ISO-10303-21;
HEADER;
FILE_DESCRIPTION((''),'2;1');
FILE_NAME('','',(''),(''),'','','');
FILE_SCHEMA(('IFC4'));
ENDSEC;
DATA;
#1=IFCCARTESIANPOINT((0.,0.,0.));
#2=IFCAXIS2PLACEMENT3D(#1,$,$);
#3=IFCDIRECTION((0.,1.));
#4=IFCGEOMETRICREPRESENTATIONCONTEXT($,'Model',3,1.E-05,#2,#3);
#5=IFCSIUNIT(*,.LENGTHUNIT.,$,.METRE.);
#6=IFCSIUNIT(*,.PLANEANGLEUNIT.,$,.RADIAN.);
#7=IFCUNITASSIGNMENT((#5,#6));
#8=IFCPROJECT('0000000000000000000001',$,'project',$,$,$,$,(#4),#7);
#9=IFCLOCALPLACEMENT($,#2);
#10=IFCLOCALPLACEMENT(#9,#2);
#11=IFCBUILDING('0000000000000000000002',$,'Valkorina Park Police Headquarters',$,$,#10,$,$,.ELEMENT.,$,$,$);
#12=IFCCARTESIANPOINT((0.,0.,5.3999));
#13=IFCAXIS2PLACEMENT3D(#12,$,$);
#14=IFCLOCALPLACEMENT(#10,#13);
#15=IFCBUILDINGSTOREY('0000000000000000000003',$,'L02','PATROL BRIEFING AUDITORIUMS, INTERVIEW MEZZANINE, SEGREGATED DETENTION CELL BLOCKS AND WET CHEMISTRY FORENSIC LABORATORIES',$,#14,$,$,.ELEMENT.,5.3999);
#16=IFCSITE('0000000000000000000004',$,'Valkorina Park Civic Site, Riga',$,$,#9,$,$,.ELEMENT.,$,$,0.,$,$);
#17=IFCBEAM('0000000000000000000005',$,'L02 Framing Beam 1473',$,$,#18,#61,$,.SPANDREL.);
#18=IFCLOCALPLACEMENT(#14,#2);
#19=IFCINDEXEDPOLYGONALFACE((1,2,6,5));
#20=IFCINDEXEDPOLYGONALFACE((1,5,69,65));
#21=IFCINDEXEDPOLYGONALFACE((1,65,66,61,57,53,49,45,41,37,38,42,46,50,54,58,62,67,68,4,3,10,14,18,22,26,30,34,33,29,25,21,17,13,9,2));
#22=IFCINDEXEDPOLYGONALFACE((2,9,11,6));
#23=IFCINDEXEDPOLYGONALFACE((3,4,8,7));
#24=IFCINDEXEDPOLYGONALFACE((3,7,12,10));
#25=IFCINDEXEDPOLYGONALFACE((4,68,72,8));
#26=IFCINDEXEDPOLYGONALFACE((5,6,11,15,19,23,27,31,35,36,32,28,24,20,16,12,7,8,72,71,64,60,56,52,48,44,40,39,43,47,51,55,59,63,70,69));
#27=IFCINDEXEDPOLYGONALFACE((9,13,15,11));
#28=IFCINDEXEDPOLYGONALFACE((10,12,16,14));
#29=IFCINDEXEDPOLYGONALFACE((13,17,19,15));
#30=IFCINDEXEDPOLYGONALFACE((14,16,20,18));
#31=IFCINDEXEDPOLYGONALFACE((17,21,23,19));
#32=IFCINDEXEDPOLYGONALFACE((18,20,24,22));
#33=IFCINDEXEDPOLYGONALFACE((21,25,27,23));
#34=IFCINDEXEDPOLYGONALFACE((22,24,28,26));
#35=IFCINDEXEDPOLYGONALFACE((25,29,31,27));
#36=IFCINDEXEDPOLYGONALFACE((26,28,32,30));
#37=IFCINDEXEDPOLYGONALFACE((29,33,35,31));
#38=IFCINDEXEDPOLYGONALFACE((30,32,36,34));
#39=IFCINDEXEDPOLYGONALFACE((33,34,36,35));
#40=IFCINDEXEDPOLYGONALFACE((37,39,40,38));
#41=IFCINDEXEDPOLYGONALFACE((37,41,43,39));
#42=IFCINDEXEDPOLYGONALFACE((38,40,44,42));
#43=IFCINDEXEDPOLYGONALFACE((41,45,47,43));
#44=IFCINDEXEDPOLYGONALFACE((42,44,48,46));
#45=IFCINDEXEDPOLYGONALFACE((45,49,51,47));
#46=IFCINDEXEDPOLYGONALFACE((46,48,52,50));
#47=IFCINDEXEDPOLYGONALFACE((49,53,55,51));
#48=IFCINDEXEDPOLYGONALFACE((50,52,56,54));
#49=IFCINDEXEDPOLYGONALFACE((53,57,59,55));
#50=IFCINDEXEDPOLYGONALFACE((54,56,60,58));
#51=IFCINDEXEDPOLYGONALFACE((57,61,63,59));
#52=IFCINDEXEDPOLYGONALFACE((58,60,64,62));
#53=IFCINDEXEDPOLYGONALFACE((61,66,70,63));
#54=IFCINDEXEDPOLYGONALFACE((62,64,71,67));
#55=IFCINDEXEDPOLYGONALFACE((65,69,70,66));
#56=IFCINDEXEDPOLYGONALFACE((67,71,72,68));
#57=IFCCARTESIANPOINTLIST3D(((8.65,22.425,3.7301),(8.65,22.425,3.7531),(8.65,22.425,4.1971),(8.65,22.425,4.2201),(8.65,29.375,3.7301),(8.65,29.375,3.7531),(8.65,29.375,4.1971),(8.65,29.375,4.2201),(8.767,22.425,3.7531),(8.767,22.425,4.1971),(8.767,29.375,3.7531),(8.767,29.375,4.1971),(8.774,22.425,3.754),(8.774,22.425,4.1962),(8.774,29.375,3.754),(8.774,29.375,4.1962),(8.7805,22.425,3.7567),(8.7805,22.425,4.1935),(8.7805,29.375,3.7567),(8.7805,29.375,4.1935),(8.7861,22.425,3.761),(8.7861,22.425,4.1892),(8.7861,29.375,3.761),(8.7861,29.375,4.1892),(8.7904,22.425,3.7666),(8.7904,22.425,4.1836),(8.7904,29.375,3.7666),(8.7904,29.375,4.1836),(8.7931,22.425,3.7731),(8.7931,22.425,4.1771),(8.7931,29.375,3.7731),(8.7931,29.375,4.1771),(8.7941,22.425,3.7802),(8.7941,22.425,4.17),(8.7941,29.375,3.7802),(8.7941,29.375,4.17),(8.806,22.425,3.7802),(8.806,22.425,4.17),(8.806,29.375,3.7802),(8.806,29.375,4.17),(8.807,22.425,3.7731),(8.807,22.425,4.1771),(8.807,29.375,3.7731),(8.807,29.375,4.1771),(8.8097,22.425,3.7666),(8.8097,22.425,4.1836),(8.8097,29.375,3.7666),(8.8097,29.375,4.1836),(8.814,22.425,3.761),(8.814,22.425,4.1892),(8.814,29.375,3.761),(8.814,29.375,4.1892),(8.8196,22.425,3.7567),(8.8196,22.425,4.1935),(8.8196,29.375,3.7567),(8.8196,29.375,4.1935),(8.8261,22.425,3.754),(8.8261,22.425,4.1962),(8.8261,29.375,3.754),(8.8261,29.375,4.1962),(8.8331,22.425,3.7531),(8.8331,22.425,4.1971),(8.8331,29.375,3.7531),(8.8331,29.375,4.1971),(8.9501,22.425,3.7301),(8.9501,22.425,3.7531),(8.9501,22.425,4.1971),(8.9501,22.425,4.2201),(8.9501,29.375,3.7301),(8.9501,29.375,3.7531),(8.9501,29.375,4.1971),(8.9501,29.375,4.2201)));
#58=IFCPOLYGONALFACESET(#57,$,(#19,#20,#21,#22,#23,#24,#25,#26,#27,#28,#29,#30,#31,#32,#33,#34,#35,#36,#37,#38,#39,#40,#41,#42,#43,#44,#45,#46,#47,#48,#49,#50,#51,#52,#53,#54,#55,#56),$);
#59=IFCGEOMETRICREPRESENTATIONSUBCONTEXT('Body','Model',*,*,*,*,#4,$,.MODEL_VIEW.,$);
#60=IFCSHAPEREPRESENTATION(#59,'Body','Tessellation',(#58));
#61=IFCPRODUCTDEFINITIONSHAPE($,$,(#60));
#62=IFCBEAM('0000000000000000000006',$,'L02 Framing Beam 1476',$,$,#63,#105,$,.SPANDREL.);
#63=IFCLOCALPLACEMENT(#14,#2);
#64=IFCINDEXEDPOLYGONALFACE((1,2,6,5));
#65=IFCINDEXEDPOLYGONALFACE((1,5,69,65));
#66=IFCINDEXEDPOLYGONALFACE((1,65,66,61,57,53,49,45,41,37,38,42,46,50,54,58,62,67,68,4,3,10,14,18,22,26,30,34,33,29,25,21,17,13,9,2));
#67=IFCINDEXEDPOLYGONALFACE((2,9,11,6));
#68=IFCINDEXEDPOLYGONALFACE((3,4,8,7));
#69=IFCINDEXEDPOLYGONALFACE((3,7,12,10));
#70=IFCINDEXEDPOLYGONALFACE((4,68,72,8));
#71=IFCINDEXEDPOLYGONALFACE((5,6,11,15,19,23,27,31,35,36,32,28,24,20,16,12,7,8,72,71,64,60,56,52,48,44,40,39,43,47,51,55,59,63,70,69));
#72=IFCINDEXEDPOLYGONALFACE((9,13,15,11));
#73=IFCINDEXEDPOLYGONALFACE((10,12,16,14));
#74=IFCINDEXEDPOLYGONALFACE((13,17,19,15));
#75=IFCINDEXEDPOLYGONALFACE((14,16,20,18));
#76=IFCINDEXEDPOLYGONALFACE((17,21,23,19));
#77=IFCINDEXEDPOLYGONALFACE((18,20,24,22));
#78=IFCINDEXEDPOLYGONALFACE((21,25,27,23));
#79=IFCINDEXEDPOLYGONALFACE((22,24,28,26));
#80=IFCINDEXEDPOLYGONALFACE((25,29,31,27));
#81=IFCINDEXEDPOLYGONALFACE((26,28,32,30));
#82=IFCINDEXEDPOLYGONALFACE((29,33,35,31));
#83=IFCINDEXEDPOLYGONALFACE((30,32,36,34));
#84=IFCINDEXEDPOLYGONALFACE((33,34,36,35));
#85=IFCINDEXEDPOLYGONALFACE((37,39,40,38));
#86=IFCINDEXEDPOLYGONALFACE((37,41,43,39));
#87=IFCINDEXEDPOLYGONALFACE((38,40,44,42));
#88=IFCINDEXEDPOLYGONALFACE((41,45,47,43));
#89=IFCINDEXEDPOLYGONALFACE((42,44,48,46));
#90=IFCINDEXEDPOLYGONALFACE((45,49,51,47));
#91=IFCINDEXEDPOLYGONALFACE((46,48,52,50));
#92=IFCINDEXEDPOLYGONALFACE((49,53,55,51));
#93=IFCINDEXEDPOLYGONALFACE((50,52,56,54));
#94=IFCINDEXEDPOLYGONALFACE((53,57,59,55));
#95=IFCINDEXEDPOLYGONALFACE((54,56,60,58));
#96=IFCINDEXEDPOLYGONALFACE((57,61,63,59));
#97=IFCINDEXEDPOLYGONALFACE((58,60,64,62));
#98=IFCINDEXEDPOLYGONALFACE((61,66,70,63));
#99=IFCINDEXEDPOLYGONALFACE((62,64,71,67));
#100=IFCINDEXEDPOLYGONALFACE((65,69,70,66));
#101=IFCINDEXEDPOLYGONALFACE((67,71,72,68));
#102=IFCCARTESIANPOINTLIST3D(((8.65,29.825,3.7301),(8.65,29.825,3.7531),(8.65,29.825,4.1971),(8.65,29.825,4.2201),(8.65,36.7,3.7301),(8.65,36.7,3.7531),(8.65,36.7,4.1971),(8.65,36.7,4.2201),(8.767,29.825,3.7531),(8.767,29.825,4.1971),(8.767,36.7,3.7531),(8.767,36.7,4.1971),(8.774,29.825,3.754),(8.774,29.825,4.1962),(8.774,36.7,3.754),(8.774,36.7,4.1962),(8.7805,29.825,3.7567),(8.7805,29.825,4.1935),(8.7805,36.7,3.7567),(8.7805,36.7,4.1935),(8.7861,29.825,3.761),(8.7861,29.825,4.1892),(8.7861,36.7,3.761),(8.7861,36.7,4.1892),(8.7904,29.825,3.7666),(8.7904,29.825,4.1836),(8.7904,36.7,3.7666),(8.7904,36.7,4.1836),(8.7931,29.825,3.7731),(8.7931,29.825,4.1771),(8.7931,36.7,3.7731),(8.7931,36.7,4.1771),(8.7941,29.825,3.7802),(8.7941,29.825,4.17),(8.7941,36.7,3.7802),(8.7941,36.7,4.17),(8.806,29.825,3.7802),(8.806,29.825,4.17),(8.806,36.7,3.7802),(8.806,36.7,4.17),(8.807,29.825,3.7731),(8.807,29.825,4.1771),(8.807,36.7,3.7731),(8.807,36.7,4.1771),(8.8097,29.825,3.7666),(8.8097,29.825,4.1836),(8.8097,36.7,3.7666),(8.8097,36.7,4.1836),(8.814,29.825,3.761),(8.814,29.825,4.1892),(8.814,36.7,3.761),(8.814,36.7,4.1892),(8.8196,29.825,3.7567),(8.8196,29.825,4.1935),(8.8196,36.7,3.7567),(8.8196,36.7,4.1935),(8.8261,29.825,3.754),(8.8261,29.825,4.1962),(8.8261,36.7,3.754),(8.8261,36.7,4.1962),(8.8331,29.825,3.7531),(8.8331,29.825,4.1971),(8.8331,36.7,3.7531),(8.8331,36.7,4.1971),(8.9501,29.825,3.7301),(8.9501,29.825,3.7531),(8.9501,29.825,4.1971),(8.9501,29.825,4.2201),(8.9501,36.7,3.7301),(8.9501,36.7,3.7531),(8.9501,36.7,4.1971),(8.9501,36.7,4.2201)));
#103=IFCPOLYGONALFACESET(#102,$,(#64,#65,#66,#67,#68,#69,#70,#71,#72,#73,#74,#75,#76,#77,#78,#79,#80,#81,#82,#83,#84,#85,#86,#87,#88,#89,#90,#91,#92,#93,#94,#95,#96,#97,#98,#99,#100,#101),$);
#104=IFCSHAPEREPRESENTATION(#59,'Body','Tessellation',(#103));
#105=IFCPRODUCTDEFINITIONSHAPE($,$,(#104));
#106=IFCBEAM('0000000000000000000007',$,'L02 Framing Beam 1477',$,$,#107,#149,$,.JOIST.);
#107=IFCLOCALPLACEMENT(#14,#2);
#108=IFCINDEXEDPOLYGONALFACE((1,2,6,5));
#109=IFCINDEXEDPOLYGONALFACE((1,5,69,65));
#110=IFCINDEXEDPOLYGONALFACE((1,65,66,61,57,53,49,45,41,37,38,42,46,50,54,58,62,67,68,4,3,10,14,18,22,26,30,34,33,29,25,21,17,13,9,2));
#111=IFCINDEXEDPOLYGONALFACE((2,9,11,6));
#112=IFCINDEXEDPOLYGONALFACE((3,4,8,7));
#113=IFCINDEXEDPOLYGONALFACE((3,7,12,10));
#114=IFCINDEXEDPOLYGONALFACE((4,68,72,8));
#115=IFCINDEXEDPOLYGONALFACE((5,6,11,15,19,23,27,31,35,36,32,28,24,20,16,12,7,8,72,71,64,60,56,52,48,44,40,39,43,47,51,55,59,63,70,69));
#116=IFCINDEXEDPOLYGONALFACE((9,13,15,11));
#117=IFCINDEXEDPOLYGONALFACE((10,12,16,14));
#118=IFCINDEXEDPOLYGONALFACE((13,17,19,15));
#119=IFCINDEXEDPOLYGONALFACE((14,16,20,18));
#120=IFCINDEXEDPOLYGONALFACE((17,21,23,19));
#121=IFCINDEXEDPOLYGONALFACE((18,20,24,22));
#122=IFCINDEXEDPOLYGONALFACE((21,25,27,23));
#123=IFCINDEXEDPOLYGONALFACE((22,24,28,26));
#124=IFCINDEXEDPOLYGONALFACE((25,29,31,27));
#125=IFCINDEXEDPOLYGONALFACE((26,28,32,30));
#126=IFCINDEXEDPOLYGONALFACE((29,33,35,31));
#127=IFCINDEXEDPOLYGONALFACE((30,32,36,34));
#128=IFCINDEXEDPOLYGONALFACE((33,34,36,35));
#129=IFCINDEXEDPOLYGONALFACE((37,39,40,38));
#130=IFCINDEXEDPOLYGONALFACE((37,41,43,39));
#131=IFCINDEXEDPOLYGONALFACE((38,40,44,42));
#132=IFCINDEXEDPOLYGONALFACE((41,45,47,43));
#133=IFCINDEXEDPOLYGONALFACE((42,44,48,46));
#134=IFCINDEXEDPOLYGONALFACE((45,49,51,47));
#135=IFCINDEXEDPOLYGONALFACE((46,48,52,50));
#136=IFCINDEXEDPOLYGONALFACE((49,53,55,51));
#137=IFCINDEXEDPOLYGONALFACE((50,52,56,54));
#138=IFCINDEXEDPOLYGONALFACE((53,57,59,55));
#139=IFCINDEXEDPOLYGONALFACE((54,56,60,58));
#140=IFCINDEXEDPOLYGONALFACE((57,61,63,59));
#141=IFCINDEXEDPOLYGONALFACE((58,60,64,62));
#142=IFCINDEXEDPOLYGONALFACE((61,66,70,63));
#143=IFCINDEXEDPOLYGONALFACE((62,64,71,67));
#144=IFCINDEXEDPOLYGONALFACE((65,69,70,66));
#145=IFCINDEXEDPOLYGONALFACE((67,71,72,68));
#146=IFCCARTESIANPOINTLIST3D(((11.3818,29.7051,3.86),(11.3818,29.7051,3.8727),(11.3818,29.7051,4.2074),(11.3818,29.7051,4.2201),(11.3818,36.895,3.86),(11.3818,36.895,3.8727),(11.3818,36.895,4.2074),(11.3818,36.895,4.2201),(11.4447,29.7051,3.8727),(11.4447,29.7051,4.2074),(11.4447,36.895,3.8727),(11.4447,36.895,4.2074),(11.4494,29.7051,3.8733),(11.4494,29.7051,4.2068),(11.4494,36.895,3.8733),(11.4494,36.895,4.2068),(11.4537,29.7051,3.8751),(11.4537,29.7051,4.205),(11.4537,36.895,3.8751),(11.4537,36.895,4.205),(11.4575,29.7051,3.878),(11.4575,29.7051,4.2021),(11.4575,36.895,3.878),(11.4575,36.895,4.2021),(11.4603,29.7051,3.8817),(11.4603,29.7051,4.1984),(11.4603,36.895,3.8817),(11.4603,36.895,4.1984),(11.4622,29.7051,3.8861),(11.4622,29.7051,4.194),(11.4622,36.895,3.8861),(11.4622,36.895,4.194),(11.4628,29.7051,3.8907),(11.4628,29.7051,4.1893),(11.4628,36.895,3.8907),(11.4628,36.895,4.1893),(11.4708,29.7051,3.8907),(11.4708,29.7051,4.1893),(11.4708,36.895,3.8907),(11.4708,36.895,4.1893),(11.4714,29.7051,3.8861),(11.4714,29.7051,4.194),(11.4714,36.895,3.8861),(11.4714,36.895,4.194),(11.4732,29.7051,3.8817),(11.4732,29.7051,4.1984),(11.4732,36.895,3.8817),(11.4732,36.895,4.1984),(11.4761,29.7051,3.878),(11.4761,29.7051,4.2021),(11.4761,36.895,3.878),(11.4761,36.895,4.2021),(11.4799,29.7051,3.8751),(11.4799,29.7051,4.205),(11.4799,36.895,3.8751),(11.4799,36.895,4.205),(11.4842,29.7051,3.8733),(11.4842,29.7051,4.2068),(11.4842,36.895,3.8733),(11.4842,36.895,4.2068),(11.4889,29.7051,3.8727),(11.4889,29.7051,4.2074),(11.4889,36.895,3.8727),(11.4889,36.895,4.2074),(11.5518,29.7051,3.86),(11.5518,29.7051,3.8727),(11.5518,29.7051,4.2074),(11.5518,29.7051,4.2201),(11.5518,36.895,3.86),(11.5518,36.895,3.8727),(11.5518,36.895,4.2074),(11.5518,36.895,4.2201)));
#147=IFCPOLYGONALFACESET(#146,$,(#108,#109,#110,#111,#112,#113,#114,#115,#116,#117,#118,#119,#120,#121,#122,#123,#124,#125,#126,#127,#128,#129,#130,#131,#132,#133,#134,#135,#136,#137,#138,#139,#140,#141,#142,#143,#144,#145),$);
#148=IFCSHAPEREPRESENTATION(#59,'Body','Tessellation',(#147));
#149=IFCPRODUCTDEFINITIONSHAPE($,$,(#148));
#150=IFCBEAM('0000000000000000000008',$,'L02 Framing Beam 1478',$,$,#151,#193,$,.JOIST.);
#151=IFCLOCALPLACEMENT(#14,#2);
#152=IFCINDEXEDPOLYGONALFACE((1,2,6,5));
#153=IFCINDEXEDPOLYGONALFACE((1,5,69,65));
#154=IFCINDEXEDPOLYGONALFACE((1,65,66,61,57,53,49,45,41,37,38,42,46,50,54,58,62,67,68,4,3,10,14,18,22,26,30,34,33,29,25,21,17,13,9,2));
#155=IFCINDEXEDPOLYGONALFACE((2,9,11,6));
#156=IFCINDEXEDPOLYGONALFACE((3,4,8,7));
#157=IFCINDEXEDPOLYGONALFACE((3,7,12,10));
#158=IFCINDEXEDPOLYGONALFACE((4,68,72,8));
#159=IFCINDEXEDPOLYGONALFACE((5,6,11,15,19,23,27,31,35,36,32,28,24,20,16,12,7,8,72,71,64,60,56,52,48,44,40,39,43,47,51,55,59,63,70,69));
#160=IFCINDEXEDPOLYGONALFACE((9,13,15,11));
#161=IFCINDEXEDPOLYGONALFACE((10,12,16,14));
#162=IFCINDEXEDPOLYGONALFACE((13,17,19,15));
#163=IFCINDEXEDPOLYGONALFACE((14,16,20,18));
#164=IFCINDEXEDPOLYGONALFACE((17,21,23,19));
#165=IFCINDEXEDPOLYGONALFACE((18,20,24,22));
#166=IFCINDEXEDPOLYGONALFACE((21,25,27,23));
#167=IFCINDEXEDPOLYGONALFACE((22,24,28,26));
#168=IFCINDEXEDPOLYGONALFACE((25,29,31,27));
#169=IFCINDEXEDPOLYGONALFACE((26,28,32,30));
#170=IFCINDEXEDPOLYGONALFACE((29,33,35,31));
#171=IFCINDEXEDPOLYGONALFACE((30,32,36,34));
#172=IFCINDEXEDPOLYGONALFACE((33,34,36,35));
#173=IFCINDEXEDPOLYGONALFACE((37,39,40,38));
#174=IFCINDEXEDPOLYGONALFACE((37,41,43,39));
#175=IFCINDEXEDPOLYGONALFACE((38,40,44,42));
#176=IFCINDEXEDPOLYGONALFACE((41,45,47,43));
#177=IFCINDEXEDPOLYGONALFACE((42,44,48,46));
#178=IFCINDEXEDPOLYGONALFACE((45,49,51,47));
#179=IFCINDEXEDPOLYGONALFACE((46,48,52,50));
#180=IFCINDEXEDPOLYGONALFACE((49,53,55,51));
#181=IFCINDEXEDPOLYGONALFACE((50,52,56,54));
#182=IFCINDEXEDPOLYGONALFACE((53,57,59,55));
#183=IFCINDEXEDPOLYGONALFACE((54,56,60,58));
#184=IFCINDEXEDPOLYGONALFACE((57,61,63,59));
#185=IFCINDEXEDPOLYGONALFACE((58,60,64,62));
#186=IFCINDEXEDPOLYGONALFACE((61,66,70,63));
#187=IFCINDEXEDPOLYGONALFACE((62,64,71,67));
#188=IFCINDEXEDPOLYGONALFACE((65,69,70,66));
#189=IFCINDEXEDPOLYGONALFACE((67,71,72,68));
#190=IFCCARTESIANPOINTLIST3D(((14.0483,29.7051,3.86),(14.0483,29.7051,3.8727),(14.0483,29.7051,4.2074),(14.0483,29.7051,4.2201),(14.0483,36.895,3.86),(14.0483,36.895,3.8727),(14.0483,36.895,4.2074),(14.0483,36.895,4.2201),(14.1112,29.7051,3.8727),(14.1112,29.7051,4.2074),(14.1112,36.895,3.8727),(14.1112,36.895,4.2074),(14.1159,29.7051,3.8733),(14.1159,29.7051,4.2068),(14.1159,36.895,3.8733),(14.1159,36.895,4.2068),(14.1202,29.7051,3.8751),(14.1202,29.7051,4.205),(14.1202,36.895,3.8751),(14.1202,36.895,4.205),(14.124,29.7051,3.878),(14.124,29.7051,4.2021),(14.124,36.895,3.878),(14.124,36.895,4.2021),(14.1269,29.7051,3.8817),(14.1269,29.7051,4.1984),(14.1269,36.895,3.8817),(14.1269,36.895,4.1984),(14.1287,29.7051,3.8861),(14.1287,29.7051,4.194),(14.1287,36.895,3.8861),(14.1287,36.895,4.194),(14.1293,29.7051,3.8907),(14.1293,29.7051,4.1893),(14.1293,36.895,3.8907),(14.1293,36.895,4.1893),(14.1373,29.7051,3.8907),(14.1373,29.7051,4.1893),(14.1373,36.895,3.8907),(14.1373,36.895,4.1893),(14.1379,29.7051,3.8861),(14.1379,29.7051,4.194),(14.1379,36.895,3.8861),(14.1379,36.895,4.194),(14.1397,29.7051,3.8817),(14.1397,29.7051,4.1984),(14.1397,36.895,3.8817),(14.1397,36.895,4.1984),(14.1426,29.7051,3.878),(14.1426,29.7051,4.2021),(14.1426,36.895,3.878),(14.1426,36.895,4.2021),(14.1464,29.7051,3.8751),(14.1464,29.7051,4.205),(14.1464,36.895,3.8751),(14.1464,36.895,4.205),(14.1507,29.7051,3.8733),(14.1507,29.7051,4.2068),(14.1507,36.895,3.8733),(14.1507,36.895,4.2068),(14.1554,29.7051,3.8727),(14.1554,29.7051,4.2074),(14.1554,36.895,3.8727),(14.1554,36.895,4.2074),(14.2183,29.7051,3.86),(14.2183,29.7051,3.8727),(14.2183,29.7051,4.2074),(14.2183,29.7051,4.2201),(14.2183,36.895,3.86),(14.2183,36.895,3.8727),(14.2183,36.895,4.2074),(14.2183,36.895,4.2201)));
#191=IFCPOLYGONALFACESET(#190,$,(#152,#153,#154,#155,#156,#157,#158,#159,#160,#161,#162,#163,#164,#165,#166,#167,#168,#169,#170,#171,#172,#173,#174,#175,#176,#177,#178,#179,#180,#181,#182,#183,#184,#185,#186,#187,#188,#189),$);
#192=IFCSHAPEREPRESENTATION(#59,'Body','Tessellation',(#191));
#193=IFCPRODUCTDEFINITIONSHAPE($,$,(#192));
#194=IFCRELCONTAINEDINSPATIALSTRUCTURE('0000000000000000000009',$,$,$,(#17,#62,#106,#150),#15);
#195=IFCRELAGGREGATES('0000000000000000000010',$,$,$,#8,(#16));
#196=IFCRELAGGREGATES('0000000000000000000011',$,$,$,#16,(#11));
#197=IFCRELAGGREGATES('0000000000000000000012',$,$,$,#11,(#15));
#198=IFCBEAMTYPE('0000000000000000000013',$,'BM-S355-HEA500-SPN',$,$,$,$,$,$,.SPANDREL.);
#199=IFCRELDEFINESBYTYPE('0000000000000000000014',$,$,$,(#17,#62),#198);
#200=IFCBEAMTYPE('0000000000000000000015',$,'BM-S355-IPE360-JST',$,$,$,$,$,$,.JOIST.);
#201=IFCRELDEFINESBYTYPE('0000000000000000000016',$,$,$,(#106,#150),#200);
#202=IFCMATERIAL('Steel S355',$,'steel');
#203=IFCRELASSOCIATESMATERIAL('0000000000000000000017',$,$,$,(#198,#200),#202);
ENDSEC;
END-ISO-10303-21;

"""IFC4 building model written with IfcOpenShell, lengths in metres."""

from ifc_helpers import new_model, si_unit, direction, frame, origin, origin_2d, place, context, subcontext, project, spatial, i_section, extrude, material, material_profile, profile_set, type_object, element, save


model = new_model("IFC4")

# Units and contexts
model_context = context("Model", 3, precision=1e-05, world=origin(), true_north=direction((0.0, 1.0)))
body_context = subcontext(model_context, "Body", "Model", "MODEL_VIEW")
ifc_project = project(units=[si_unit("LENGTHUNIT", "METRE"), si_unit("PLANEANGLEUNIT", "RADIAN")], contexts=[model_context])

# Site, building, storey
site_placement = place(None, origin())
site = spatial("IfcSite", under=ifc_project, at=site_placement, Name="Valkorina Park Civic Site, Riga", CompositionType="ELEMENT", RefElevation=0.0)
building_placement = place(site_placement, origin())
building = spatial("IfcBuilding", under=site, at=building_placement, Name="Valkorina Park Police Headquarters", CompositionType="ELEMENT")
storey_placement = place(building_placement, frame((0.0, 0.0, 5.3999)))
storey = spatial("IfcBuildingStorey", under=building, at=storey_placement, Name="L02", Description="PATROL BRIEFING AUDITORIUMS, INTERVIEW MEZZANINE, SEGREGATED DETENTION CELL BLOCKS AND WET CHEMISTRY FORENSIC LABORATORIES", CompositionType="ELEMENT", Elevation=5.3999)

# Shared definitions
ifc_material_1 = material(Name="Steel S355", Category="steel")

# Beams
ifc_material_profile_1 = material_profile(ifc_material_1, i_section(OverallWidth=0.3, OverallDepth=0.49, WebThickness=0.012, FlangeThickness=0.0229, FilletRadius=0.0271, at=origin_2d()), Name="HEA 500")
ifc_profile_set_1 = profile_set([ifc_material_profile_1], Name="Steel S355")
beam_type_1 = type_object("IfcBeamType", Name="BM-S355-HEA500-SPN", PredefinedType="SPANDREL", material=ifc_profile_set_1)
beam_1_placement = place(storey_placement, frame((8.8, 22.425, 3.9751), z_axis=(0.0, 1.0, 0.0), x_axis=(-1.0, 0.0, 0.0)))
element("IfcBeam", 1, at=beam_1_placement, inside=storey, type_object=beam_type_1, Name="L02 Framing Beam 1473", PredefinedType="SPANDREL", context=body_context, shape_type="SweptSolid", body=[
    extrude(i_section(OverallWidth=0.3, OverallDepth=0.49, WebThickness=0.012, FlangeThickness=0.0229, FilletRadius=0.0271, at=origin_2d()), origin(), (0.0, 0.0, 1.0), 6.95),
])
beam_2_placement = place(storey_placement, frame((8.8, 29.825, 3.9751), z_axis=(0.0, 1.0, 0.0), x_axis=(-1.0, 0.0, 0.0)))
element("IfcBeam", 2, at=beam_2_placement, inside=storey, type_object=beam_type_1, Name="L02 Framing Beam 1476", PredefinedType="SPANDREL", context=body_context, shape_type="SweptSolid", body=[
    extrude(i_section(OverallWidth=0.3, OverallDepth=0.49, WebThickness=0.012, FlangeThickness=0.0229, FilletRadius=0.0271, at=origin_2d()), origin(), (0.0, 0.0, 1.0), 6.875),
])
ifc_material_profile_2 = material_profile(ifc_material_1, i_section(OverallWidth=0.1699, OverallDepth=0.3601, WebThickness=0.0081, FlangeThickness=0.0127, FilletRadius=0.0181, at=origin_2d()), Name="IPE 360")
ifc_profile_set_2 = profile_set([ifc_material_profile_2], Name="Steel S355")
beam_type_2 = type_object("IfcBeamType", Name="BM-S355-IPE360-JST", PredefinedType="JOIST", material=ifc_profile_set_2)
for number, where, z_axis, x_axis, name in (
    (3, (11.4668, 29.7051, 4.04), (0.0, 1.0, 0.0), (-1.0, 0.0, 0.0), "L02 Framing Beam 1477"),
    (4, (14.1333, 29.7051, 4.04), (0.0, 1.0, 0.0), (-1.0, 0.0, 0.0), "L02 Framing Beam 1478"),
):
    element("IfcBeam", number, at=place(storey_placement, frame(where, z_axis=z_axis, x_axis=x_axis)), inside=storey, type_object=beam_type_2, Name=name, PredefinedType="JOIST", context=body_context, shape_type="SweptSolid", body=[
        extrude(i_section(OverallWidth=0.1699, OverallDepth=0.3601, WebThickness=0.0081, FlangeThickness=0.0127, FilletRadius=0.0181, at=origin_2d()), origin(), (0.0, 0.0, 1.0), 7.1899),
    ])

save(model, "model.ifc")
